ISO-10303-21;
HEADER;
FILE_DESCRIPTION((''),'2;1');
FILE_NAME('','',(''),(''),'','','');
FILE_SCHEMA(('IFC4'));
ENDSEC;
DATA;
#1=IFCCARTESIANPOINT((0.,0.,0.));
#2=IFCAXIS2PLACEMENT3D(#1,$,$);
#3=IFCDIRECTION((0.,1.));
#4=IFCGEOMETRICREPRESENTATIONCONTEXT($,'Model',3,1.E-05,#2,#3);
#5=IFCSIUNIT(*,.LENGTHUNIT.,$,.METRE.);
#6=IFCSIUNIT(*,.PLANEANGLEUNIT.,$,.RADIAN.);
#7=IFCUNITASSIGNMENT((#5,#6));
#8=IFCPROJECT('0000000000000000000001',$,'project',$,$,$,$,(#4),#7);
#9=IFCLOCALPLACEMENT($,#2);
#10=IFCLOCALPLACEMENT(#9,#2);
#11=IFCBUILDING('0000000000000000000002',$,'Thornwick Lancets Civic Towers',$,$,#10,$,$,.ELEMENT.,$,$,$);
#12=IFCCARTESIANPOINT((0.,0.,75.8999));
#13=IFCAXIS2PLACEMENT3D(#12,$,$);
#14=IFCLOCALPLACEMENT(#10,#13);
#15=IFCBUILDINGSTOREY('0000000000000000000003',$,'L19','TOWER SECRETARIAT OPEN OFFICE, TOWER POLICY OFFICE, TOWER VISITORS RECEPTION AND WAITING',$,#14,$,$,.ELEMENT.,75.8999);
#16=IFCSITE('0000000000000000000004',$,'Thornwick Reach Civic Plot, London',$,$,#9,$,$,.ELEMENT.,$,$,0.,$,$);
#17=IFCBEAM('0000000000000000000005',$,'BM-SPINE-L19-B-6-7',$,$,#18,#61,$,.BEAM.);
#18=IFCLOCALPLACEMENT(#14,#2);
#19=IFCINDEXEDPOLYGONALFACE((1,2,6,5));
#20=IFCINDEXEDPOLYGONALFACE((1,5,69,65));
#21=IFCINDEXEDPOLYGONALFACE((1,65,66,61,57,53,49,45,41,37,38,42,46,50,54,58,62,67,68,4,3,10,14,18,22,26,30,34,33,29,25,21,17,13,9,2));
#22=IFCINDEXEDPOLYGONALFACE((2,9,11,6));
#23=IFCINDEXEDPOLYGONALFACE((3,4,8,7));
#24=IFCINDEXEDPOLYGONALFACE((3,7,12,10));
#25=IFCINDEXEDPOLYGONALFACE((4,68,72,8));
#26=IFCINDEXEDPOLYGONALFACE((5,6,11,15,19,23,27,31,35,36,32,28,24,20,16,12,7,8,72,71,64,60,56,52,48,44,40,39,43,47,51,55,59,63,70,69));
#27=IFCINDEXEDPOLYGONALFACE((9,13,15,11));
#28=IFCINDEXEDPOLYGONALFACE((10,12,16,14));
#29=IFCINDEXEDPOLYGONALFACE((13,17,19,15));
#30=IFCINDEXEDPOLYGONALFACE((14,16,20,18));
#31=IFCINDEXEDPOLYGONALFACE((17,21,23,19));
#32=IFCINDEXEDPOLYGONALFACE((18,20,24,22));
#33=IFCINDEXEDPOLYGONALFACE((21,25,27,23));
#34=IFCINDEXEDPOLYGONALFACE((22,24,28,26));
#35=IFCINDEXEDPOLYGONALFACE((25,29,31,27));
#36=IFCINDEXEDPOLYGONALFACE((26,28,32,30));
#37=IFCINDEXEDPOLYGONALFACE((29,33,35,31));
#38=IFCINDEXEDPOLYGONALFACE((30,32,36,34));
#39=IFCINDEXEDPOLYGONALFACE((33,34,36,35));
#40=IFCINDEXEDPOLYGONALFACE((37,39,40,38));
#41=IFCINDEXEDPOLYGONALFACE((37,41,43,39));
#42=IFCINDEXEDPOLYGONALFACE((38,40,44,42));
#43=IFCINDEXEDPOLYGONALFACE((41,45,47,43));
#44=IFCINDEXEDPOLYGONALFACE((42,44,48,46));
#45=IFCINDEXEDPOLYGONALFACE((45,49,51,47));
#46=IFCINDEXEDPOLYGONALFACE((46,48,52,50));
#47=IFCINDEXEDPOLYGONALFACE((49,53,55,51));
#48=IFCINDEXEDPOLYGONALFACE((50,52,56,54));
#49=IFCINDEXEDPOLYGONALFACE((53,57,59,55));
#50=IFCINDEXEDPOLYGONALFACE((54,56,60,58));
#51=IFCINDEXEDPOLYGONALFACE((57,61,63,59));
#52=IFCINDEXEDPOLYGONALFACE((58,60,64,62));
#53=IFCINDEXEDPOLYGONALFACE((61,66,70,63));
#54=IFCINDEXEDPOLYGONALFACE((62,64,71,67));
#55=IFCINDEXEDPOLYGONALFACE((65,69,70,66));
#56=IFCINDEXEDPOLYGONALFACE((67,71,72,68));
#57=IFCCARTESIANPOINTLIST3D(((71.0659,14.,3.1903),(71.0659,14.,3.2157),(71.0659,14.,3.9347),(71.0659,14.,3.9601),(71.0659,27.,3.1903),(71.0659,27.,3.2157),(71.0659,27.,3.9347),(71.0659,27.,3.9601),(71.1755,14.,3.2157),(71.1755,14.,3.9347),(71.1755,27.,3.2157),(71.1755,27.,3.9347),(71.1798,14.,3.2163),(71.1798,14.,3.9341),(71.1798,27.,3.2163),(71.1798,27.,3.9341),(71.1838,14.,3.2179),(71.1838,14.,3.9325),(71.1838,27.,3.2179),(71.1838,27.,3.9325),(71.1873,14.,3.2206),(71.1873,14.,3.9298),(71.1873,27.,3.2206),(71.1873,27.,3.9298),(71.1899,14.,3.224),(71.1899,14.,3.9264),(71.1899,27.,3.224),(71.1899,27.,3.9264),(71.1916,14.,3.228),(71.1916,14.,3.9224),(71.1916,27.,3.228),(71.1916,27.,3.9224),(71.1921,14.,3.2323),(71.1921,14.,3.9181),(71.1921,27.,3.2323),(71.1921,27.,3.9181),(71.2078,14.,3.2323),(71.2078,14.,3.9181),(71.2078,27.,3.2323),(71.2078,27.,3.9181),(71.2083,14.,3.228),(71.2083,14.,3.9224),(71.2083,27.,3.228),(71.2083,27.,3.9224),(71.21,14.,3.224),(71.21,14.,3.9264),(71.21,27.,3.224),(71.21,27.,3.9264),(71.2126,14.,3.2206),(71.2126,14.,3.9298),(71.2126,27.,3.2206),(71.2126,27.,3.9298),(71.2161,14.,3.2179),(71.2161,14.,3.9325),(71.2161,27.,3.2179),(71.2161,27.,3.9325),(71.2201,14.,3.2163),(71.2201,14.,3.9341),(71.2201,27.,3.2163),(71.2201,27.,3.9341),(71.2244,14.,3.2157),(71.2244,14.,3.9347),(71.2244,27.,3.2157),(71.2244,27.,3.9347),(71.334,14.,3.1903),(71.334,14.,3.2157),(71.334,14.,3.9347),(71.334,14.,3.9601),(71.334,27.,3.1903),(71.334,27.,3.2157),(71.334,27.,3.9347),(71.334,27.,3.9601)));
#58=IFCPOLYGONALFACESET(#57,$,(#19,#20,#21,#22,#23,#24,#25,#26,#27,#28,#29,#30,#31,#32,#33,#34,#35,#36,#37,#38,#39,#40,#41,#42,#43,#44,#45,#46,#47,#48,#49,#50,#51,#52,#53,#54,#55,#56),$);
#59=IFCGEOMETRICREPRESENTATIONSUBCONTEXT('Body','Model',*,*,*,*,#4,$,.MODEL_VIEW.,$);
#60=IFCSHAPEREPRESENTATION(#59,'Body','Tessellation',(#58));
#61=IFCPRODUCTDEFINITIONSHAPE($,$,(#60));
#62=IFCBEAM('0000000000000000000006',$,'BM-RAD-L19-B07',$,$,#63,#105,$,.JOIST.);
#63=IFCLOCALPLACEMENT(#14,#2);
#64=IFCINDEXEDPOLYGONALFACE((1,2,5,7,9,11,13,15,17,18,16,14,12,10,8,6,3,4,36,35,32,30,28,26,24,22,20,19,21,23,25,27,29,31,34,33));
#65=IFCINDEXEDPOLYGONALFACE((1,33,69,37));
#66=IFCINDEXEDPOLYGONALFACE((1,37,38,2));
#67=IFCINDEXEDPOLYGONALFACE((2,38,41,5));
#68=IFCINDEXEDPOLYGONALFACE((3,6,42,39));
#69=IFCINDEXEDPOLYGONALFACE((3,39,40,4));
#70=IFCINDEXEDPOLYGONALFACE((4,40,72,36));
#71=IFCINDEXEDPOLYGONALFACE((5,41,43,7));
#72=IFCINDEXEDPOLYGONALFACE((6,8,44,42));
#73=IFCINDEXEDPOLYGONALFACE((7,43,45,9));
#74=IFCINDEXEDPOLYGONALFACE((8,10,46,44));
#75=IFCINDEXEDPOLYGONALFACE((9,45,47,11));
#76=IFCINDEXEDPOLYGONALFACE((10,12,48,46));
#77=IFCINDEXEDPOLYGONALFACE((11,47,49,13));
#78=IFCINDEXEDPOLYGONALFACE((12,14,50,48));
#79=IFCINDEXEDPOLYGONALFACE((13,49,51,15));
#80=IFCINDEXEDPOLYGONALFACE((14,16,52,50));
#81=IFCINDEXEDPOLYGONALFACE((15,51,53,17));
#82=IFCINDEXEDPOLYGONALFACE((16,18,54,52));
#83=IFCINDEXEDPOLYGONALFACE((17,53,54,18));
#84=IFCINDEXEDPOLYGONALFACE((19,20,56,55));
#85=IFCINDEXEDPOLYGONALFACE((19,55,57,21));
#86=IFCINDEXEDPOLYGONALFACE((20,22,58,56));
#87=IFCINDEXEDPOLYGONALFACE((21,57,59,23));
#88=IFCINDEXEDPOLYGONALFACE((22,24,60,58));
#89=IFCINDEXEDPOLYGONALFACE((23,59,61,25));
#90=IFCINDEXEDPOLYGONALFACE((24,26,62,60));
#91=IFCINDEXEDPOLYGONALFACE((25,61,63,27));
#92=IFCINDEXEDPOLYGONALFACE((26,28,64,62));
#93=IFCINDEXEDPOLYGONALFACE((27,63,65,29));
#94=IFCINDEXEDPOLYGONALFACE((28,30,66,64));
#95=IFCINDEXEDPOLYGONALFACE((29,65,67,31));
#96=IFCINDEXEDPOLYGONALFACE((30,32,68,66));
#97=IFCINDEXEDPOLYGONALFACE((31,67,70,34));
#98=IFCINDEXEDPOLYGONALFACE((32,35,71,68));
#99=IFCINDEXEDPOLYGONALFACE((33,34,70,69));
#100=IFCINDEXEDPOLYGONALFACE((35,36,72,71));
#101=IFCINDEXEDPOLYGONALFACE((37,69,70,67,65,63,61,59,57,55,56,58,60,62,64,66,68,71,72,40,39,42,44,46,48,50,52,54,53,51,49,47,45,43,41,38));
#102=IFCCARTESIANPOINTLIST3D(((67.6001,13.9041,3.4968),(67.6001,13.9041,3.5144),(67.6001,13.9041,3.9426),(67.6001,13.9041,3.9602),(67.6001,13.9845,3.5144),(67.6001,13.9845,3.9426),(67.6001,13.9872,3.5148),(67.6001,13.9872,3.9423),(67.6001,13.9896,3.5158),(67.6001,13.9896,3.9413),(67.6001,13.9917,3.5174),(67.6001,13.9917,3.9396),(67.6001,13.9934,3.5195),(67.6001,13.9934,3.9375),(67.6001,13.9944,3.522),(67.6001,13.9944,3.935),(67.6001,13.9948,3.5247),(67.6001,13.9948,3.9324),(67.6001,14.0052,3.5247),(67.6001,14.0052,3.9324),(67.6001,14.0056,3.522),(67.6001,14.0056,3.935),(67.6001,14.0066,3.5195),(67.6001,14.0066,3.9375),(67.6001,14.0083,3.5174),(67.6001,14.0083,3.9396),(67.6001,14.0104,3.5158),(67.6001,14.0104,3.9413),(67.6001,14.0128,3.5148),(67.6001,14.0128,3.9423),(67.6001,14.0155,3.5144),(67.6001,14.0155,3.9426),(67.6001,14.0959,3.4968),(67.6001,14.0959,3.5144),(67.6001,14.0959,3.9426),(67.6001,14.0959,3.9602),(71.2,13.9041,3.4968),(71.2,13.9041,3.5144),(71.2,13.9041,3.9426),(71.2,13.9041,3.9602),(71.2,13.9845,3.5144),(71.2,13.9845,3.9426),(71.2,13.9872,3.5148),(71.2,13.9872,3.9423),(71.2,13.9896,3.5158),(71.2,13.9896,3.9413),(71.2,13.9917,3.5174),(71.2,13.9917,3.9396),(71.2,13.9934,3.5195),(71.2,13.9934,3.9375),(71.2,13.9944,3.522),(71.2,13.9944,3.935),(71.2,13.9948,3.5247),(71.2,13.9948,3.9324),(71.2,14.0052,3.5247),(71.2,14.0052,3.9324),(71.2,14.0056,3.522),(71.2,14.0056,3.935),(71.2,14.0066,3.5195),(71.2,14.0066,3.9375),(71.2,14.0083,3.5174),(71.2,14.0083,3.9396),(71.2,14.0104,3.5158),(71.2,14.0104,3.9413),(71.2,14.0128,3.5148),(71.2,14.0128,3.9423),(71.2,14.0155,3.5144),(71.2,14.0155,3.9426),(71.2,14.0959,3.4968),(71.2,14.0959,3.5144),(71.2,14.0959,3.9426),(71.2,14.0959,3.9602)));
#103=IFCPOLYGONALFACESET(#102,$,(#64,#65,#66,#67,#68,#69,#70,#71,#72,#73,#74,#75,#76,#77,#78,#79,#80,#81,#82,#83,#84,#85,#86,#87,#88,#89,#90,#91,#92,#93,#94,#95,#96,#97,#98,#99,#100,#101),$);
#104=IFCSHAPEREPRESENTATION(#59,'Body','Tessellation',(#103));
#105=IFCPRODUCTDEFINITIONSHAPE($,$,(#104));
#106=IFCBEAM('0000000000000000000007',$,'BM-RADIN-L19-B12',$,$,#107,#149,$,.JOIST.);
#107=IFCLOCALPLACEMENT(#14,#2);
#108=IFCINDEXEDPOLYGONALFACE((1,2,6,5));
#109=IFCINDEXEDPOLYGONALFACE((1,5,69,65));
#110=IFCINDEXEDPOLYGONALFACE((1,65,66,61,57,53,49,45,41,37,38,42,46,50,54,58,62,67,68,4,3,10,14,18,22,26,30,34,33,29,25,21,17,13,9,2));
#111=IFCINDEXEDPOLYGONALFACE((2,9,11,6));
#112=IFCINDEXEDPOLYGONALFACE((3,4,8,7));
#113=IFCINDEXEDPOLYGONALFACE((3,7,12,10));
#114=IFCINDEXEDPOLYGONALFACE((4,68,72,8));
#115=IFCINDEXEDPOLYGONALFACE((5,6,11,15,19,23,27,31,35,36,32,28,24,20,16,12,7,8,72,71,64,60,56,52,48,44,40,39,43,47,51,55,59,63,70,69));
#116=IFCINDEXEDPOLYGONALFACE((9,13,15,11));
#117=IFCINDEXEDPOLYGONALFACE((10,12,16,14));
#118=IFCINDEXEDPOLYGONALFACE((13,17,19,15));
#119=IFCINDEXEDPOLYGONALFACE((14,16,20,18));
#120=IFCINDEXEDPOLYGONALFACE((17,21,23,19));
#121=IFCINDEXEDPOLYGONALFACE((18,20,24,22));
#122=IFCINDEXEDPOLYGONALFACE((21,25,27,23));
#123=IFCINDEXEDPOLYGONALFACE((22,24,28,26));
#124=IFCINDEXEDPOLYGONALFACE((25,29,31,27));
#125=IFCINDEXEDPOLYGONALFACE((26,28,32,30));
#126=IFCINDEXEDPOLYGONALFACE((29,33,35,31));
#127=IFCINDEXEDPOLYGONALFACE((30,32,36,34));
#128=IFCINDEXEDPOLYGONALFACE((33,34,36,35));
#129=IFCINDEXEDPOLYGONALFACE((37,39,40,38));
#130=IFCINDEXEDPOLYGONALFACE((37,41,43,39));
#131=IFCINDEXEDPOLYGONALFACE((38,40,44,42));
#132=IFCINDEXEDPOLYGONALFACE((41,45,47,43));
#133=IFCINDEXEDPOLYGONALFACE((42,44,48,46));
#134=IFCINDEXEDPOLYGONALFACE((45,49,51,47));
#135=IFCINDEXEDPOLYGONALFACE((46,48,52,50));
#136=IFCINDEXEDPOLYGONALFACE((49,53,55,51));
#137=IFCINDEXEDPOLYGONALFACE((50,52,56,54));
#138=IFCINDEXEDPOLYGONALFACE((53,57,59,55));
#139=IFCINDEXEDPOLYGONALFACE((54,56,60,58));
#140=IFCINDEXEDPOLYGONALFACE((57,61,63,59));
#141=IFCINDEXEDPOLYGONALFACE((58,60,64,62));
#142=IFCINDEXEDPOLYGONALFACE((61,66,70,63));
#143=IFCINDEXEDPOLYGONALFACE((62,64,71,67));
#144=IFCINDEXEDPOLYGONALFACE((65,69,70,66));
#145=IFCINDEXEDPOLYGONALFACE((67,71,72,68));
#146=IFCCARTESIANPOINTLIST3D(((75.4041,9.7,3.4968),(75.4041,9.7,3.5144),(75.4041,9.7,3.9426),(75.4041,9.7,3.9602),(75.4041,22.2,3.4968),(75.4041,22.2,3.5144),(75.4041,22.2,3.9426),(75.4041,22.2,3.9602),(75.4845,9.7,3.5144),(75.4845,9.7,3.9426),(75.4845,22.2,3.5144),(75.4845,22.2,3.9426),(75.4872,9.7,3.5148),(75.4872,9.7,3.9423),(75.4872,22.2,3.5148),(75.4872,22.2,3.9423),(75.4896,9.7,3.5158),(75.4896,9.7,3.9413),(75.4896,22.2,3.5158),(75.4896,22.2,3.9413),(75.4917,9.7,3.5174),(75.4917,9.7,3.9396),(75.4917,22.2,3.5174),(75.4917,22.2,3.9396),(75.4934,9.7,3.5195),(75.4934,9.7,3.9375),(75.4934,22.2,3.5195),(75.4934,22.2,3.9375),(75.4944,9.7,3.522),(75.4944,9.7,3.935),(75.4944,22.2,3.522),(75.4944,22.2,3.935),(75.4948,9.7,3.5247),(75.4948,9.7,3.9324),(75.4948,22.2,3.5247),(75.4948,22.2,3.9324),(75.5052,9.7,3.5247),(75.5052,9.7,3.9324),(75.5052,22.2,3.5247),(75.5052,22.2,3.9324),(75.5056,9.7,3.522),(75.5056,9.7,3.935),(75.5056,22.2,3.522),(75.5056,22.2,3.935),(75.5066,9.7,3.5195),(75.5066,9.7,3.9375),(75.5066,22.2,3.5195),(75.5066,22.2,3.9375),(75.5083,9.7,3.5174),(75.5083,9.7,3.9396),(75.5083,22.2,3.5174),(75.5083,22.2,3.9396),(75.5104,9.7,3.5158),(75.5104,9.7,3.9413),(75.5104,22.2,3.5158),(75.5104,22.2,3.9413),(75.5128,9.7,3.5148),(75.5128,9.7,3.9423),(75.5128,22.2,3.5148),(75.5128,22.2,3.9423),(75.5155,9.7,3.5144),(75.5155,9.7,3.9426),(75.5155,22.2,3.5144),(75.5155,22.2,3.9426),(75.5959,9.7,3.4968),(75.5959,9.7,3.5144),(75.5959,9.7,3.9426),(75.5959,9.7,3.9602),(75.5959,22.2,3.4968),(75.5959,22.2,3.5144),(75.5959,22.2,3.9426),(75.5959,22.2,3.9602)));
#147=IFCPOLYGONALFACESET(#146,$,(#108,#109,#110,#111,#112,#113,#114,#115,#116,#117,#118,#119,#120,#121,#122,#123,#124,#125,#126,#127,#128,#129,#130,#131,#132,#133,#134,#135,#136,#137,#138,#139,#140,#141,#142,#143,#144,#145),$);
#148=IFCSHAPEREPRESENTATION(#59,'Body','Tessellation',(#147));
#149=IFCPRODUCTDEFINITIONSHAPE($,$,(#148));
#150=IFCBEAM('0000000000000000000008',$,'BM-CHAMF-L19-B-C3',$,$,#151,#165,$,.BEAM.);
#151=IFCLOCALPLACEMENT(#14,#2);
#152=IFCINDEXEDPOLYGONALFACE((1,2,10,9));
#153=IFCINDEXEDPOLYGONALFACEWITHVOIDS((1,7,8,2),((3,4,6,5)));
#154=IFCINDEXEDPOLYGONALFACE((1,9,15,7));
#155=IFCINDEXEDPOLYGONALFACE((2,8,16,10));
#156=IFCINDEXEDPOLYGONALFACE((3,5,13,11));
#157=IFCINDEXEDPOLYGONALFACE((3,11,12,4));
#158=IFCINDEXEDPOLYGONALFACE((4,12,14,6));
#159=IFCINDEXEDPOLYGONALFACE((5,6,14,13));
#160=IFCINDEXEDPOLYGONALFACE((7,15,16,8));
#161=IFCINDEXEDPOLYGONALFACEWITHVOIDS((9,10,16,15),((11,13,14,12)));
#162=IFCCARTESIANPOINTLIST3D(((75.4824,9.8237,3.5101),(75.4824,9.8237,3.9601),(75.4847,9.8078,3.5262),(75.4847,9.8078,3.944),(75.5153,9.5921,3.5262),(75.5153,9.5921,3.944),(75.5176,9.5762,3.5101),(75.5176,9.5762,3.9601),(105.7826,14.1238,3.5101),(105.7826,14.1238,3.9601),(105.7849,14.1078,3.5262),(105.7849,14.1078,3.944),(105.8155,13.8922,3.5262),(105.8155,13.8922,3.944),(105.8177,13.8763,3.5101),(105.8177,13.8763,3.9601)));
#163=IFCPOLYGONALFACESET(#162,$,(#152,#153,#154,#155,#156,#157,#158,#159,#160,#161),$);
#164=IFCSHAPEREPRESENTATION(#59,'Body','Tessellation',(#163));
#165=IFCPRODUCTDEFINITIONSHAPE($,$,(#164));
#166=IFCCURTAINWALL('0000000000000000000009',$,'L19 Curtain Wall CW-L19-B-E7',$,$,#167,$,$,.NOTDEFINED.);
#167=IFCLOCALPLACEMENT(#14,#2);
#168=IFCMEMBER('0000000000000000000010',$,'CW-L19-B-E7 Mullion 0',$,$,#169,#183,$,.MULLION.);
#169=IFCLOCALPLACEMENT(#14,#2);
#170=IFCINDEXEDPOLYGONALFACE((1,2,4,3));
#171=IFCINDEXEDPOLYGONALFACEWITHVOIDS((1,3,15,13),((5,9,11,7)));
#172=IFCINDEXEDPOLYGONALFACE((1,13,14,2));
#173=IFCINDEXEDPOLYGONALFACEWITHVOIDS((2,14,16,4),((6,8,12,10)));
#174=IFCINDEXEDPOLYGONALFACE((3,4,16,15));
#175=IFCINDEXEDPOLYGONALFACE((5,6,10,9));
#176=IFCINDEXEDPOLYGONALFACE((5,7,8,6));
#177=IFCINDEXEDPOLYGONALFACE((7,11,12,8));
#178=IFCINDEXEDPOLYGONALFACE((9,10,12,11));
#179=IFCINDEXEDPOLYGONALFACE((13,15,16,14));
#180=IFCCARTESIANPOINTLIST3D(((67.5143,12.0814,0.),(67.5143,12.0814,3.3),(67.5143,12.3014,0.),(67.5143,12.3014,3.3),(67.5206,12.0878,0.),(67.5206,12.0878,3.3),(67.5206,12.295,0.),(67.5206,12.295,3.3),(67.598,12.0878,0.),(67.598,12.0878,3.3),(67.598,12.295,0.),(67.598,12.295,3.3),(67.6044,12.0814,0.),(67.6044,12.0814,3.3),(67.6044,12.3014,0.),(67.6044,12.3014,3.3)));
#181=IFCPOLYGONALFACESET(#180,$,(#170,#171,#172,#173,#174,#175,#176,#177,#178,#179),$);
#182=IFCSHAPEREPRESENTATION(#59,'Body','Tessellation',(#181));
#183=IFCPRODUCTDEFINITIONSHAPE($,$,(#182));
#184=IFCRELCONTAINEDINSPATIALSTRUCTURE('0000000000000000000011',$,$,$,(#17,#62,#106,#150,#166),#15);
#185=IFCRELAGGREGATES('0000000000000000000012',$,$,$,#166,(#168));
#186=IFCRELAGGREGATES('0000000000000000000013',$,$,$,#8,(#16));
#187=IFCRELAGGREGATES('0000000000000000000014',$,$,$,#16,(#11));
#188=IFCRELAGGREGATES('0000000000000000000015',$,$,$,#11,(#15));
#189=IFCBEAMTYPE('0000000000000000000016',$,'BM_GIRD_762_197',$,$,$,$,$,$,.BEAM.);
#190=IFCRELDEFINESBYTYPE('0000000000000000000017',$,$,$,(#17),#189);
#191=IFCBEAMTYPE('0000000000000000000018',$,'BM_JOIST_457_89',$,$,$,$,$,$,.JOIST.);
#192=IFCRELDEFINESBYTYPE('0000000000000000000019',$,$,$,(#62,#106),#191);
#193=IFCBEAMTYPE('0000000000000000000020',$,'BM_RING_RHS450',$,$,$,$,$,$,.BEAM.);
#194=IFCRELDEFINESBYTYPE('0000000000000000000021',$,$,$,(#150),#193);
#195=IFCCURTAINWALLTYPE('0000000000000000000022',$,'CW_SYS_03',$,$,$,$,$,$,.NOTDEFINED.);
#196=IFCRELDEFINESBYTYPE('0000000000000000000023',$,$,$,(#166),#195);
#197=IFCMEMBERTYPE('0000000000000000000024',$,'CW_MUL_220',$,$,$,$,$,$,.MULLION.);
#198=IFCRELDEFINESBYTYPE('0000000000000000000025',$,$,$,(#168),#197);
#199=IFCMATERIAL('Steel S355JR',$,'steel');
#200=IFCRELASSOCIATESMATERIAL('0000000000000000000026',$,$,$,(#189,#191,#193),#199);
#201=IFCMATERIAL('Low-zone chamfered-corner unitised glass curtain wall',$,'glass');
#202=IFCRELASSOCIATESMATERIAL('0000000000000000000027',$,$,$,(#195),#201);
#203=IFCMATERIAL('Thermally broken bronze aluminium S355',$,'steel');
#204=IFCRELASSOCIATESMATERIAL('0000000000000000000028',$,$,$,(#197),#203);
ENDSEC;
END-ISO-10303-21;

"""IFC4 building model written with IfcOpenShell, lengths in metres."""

from ifc_helpers import new_model, si_unit, direction, frame, origin, origin_2d, place, context, subcontext, project, spatial, hollow_rectangle, i_section, extrude, material, material_profile, profile_set, type_object, element, aggregate, save


model = new_model("IFC4")

# Units and contexts
model_context = context("Model", 3, precision=1e-05, world=origin(), true_north=direction((0.0, 1.0)))
body_context = subcontext(model_context, "Body", "Model", "MODEL_VIEW")
ifc_project = project(units=[si_unit("LENGTHUNIT", "METRE"), si_unit("PLANEANGLEUNIT", "RADIAN")], contexts=[model_context])

# Site, building, storey
site_placement = place(None, origin())
site = spatial("IfcSite", under=ifc_project, at=site_placement, Name="Thornwick Reach Civic Plot, London", CompositionType="ELEMENT", RefElevation=0.0)
building_placement = place(site_placement, origin())
building = spatial("IfcBuilding", under=site, at=building_placement, Name="Thornwick Lancets Civic Towers", CompositionType="ELEMENT")
storey_placement = place(building_placement, frame((0.0, 0.0, 75.8999)))
storey = spatial("IfcBuildingStorey", under=building, at=storey_placement, Name="L19", Description="TOWER SECRETARIAT OPEN OFFICE, TOWER POLICY OFFICE, TOWER VISITORS RECEPTION AND WAITING", CompositionType="ELEMENT", Elevation=75.8999)

# Beams
ifc_material_1 = material(Name="Steel S355JR", Category="steel")
ifc_material_profile_1 = material_profile(ifc_material_1, i_section(OverallWidth=0.2681, OverallDepth=0.7698, WebThickness=0.0156, FlangeThickness=0.0254, FilletRadius=0.0166, at=origin_2d()), Name="UKB 762x267x197")
ifc_profile_set_1 = profile_set([ifc_material_profile_1], Name="Steel S355JR")
beam_type_1 = type_object("IfcBeamType", Name="BM_GIRD_762_197", PredefinedType="BEAM", material=ifc_profile_set_1)
beam_1_placement = place(storey_placement, frame((71.2, 14.0, 3.5752), z_axis=(0.0, 1.0, 0.0), x_axis=(-1.0, 0.0, 0.0)))
element("IfcBeam", 1, at=beam_1_placement, inside=storey, type_object=beam_type_1, Name="BM-SPINE-L19-B-6-7", PredefinedType="BEAM", context=body_context, shape_type="SweptSolid", body=[
    extrude(i_section(OverallWidth=0.2681, OverallDepth=0.7698, WebThickness=0.0156, FlangeThickness=0.0254, FilletRadius=0.0166, at=origin_2d()), origin(), (0.0, 0.0, 1.0), 13.0),
])
ifc_material_profile_2 = material_profile(ifc_material_1, i_section(OverallWidth=0.1919, OverallDepth=0.4634, WebThickness=0.0105, FlangeThickness=0.0176, FilletRadius=0.0103, at=origin_2d()), Name="UKB 457x191x89")
ifc_profile_set_2 = profile_set([ifc_material_profile_2], Name="Steel S355JR")
beam_type_2 = type_object("IfcBeamType", Name="BM_JOIST_457_89", PredefinedType="JOIST", material=ifc_profile_set_2)
beam_2_placement = place(storey_placement, frame((71.2, 14.0, 3.7285), z_axis=(-1.0, 0.0, 0.0), x_axis=(0.0, -1.0, 0.0)))
element("IfcBeam", 2, at=beam_2_placement, inside=storey, type_object=beam_type_2, Name="BM-RAD-L19-B07", PredefinedType="JOIST", context=body_context, shape_type="SweptSolid", body=[
    extrude(i_section(OverallWidth=0.1919, OverallDepth=0.4634, WebThickness=0.0105, FlangeThickness=0.0176, FilletRadius=0.0103, at=origin_2d()), origin(), (0.0, 0.0, 1.0), 3.5999),
])
beam_3_placement = place(storey_placement, frame((75.5, 22.2, 3.7285), z_axis=(0.0, -1.0, 0.0), x_axis=(1.0, 0.0, 0.0)))
element("IfcBeam", 3, at=beam_3_placement, inside=storey, type_object=beam_type_2, Name="BM-RADIN-L19-B12", PredefinedType="JOIST", context=body_context, shape_type="SweptSolid", body=[
    extrude(i_section(OverallWidth=0.1919, OverallDepth=0.4634, WebThickness=0.0105, FlangeThickness=0.0176, FilletRadius=0.0103, at=origin_2d()), origin(), (0.0, 0.0, 1.0), 12.5),
])
ifc_material_profile_3 = material_profile(ifc_material_1, hollow_rectangle(XDim=0.25, YDim=0.45, WallThickness=0.0161, at=origin_2d()), Name="RHS 450x250x16")
ifc_profile_set_3 = profile_set([ifc_material_profile_3], Name="Steel S355JR")
beam_type_3 = type_object("IfcBeamType", Name="BM_RING_RHS450", PredefinedType="BEAM", material=ifc_profile_set_3)
beam_4_placement = place(storey_placement, frame((75.5, 9.7, 3.7351), z_axis=(0.99008, 0.140508, 0.0), x_axis=(-0.140508, 0.99008, 0.0)))
element("IfcBeam", 4, at=beam_4_placement, inside=storey, type_object=beam_type_3, Name="BM-CHAMF-L19-B-C3", PredefinedType="BEAM", context=body_context, shape_type="SweptSolid", body=[
    extrude(hollow_rectangle(XDim=0.25, YDim=0.45, WallThickness=0.0161, at=origin_2d()), origin(), (0.0, 0.0, 1.0), 30.6038),
])

# Curtain wall, member
ifc_material_2 = material(Name="Low-zone chamfered-corner unitised glass curtain wall", Category="glass")
curtain_wall_type = type_object("IfcCurtainWallType", Name="CW_SYS_03", PredefinedType="NOTDEFINED", material=ifc_material_2)
curtain_wall_placement = place(storey_placement, origin())
curtain_wall = element("IfcCurtainWall", 5, at=curtain_wall_placement, inside=storey, type_object=curtain_wall_type, Name="L19 Curtain Wall CW-L19-B-E7", PredefinedType="NOTDEFINED")
ifc_material_3 = material(Name="Thermally broken bronze aluminium S355", Category="steel")
ifc_material_profile_4 = material_profile(ifc_material_3, hollow_rectangle(XDim=0.0901, YDim=0.22, WallThickness=0.0063, at=origin_2d()), Name="RHS 220x90x6.3")
ifc_profile_set_4 = profile_set([ifc_material_profile_4], Name="Thermally broken bronze aluminium S355")
member_type_1 = type_object("IfcMemberType", Name="CW_MUL_220", PredefinedType="MULLION", material=ifc_profile_set_4)
member_1_placement = place(storey_placement, frame((67.5593, 12.1914, 0.0), z_axis=(0.0, 0.0, 1.0), x_axis=(1.0, 0.0, 0.0)))
member_1 = element("IfcMember", 6, at=member_1_placement, type_object=member_type_1, Name="CW-L19-B-E7 Mullion 0", PredefinedType="MULLION", context=body_context, shape_type="SweptSolid", body=[
    extrude(hollow_rectangle(XDim=0.0901, YDim=0.22, WallThickness=0.0063, at=origin_2d()), origin(), (0.0, 0.0, 1.0), 3.3),
])
aggregate(curtain_wall, [member_1])

save(model, "model.ifc")
